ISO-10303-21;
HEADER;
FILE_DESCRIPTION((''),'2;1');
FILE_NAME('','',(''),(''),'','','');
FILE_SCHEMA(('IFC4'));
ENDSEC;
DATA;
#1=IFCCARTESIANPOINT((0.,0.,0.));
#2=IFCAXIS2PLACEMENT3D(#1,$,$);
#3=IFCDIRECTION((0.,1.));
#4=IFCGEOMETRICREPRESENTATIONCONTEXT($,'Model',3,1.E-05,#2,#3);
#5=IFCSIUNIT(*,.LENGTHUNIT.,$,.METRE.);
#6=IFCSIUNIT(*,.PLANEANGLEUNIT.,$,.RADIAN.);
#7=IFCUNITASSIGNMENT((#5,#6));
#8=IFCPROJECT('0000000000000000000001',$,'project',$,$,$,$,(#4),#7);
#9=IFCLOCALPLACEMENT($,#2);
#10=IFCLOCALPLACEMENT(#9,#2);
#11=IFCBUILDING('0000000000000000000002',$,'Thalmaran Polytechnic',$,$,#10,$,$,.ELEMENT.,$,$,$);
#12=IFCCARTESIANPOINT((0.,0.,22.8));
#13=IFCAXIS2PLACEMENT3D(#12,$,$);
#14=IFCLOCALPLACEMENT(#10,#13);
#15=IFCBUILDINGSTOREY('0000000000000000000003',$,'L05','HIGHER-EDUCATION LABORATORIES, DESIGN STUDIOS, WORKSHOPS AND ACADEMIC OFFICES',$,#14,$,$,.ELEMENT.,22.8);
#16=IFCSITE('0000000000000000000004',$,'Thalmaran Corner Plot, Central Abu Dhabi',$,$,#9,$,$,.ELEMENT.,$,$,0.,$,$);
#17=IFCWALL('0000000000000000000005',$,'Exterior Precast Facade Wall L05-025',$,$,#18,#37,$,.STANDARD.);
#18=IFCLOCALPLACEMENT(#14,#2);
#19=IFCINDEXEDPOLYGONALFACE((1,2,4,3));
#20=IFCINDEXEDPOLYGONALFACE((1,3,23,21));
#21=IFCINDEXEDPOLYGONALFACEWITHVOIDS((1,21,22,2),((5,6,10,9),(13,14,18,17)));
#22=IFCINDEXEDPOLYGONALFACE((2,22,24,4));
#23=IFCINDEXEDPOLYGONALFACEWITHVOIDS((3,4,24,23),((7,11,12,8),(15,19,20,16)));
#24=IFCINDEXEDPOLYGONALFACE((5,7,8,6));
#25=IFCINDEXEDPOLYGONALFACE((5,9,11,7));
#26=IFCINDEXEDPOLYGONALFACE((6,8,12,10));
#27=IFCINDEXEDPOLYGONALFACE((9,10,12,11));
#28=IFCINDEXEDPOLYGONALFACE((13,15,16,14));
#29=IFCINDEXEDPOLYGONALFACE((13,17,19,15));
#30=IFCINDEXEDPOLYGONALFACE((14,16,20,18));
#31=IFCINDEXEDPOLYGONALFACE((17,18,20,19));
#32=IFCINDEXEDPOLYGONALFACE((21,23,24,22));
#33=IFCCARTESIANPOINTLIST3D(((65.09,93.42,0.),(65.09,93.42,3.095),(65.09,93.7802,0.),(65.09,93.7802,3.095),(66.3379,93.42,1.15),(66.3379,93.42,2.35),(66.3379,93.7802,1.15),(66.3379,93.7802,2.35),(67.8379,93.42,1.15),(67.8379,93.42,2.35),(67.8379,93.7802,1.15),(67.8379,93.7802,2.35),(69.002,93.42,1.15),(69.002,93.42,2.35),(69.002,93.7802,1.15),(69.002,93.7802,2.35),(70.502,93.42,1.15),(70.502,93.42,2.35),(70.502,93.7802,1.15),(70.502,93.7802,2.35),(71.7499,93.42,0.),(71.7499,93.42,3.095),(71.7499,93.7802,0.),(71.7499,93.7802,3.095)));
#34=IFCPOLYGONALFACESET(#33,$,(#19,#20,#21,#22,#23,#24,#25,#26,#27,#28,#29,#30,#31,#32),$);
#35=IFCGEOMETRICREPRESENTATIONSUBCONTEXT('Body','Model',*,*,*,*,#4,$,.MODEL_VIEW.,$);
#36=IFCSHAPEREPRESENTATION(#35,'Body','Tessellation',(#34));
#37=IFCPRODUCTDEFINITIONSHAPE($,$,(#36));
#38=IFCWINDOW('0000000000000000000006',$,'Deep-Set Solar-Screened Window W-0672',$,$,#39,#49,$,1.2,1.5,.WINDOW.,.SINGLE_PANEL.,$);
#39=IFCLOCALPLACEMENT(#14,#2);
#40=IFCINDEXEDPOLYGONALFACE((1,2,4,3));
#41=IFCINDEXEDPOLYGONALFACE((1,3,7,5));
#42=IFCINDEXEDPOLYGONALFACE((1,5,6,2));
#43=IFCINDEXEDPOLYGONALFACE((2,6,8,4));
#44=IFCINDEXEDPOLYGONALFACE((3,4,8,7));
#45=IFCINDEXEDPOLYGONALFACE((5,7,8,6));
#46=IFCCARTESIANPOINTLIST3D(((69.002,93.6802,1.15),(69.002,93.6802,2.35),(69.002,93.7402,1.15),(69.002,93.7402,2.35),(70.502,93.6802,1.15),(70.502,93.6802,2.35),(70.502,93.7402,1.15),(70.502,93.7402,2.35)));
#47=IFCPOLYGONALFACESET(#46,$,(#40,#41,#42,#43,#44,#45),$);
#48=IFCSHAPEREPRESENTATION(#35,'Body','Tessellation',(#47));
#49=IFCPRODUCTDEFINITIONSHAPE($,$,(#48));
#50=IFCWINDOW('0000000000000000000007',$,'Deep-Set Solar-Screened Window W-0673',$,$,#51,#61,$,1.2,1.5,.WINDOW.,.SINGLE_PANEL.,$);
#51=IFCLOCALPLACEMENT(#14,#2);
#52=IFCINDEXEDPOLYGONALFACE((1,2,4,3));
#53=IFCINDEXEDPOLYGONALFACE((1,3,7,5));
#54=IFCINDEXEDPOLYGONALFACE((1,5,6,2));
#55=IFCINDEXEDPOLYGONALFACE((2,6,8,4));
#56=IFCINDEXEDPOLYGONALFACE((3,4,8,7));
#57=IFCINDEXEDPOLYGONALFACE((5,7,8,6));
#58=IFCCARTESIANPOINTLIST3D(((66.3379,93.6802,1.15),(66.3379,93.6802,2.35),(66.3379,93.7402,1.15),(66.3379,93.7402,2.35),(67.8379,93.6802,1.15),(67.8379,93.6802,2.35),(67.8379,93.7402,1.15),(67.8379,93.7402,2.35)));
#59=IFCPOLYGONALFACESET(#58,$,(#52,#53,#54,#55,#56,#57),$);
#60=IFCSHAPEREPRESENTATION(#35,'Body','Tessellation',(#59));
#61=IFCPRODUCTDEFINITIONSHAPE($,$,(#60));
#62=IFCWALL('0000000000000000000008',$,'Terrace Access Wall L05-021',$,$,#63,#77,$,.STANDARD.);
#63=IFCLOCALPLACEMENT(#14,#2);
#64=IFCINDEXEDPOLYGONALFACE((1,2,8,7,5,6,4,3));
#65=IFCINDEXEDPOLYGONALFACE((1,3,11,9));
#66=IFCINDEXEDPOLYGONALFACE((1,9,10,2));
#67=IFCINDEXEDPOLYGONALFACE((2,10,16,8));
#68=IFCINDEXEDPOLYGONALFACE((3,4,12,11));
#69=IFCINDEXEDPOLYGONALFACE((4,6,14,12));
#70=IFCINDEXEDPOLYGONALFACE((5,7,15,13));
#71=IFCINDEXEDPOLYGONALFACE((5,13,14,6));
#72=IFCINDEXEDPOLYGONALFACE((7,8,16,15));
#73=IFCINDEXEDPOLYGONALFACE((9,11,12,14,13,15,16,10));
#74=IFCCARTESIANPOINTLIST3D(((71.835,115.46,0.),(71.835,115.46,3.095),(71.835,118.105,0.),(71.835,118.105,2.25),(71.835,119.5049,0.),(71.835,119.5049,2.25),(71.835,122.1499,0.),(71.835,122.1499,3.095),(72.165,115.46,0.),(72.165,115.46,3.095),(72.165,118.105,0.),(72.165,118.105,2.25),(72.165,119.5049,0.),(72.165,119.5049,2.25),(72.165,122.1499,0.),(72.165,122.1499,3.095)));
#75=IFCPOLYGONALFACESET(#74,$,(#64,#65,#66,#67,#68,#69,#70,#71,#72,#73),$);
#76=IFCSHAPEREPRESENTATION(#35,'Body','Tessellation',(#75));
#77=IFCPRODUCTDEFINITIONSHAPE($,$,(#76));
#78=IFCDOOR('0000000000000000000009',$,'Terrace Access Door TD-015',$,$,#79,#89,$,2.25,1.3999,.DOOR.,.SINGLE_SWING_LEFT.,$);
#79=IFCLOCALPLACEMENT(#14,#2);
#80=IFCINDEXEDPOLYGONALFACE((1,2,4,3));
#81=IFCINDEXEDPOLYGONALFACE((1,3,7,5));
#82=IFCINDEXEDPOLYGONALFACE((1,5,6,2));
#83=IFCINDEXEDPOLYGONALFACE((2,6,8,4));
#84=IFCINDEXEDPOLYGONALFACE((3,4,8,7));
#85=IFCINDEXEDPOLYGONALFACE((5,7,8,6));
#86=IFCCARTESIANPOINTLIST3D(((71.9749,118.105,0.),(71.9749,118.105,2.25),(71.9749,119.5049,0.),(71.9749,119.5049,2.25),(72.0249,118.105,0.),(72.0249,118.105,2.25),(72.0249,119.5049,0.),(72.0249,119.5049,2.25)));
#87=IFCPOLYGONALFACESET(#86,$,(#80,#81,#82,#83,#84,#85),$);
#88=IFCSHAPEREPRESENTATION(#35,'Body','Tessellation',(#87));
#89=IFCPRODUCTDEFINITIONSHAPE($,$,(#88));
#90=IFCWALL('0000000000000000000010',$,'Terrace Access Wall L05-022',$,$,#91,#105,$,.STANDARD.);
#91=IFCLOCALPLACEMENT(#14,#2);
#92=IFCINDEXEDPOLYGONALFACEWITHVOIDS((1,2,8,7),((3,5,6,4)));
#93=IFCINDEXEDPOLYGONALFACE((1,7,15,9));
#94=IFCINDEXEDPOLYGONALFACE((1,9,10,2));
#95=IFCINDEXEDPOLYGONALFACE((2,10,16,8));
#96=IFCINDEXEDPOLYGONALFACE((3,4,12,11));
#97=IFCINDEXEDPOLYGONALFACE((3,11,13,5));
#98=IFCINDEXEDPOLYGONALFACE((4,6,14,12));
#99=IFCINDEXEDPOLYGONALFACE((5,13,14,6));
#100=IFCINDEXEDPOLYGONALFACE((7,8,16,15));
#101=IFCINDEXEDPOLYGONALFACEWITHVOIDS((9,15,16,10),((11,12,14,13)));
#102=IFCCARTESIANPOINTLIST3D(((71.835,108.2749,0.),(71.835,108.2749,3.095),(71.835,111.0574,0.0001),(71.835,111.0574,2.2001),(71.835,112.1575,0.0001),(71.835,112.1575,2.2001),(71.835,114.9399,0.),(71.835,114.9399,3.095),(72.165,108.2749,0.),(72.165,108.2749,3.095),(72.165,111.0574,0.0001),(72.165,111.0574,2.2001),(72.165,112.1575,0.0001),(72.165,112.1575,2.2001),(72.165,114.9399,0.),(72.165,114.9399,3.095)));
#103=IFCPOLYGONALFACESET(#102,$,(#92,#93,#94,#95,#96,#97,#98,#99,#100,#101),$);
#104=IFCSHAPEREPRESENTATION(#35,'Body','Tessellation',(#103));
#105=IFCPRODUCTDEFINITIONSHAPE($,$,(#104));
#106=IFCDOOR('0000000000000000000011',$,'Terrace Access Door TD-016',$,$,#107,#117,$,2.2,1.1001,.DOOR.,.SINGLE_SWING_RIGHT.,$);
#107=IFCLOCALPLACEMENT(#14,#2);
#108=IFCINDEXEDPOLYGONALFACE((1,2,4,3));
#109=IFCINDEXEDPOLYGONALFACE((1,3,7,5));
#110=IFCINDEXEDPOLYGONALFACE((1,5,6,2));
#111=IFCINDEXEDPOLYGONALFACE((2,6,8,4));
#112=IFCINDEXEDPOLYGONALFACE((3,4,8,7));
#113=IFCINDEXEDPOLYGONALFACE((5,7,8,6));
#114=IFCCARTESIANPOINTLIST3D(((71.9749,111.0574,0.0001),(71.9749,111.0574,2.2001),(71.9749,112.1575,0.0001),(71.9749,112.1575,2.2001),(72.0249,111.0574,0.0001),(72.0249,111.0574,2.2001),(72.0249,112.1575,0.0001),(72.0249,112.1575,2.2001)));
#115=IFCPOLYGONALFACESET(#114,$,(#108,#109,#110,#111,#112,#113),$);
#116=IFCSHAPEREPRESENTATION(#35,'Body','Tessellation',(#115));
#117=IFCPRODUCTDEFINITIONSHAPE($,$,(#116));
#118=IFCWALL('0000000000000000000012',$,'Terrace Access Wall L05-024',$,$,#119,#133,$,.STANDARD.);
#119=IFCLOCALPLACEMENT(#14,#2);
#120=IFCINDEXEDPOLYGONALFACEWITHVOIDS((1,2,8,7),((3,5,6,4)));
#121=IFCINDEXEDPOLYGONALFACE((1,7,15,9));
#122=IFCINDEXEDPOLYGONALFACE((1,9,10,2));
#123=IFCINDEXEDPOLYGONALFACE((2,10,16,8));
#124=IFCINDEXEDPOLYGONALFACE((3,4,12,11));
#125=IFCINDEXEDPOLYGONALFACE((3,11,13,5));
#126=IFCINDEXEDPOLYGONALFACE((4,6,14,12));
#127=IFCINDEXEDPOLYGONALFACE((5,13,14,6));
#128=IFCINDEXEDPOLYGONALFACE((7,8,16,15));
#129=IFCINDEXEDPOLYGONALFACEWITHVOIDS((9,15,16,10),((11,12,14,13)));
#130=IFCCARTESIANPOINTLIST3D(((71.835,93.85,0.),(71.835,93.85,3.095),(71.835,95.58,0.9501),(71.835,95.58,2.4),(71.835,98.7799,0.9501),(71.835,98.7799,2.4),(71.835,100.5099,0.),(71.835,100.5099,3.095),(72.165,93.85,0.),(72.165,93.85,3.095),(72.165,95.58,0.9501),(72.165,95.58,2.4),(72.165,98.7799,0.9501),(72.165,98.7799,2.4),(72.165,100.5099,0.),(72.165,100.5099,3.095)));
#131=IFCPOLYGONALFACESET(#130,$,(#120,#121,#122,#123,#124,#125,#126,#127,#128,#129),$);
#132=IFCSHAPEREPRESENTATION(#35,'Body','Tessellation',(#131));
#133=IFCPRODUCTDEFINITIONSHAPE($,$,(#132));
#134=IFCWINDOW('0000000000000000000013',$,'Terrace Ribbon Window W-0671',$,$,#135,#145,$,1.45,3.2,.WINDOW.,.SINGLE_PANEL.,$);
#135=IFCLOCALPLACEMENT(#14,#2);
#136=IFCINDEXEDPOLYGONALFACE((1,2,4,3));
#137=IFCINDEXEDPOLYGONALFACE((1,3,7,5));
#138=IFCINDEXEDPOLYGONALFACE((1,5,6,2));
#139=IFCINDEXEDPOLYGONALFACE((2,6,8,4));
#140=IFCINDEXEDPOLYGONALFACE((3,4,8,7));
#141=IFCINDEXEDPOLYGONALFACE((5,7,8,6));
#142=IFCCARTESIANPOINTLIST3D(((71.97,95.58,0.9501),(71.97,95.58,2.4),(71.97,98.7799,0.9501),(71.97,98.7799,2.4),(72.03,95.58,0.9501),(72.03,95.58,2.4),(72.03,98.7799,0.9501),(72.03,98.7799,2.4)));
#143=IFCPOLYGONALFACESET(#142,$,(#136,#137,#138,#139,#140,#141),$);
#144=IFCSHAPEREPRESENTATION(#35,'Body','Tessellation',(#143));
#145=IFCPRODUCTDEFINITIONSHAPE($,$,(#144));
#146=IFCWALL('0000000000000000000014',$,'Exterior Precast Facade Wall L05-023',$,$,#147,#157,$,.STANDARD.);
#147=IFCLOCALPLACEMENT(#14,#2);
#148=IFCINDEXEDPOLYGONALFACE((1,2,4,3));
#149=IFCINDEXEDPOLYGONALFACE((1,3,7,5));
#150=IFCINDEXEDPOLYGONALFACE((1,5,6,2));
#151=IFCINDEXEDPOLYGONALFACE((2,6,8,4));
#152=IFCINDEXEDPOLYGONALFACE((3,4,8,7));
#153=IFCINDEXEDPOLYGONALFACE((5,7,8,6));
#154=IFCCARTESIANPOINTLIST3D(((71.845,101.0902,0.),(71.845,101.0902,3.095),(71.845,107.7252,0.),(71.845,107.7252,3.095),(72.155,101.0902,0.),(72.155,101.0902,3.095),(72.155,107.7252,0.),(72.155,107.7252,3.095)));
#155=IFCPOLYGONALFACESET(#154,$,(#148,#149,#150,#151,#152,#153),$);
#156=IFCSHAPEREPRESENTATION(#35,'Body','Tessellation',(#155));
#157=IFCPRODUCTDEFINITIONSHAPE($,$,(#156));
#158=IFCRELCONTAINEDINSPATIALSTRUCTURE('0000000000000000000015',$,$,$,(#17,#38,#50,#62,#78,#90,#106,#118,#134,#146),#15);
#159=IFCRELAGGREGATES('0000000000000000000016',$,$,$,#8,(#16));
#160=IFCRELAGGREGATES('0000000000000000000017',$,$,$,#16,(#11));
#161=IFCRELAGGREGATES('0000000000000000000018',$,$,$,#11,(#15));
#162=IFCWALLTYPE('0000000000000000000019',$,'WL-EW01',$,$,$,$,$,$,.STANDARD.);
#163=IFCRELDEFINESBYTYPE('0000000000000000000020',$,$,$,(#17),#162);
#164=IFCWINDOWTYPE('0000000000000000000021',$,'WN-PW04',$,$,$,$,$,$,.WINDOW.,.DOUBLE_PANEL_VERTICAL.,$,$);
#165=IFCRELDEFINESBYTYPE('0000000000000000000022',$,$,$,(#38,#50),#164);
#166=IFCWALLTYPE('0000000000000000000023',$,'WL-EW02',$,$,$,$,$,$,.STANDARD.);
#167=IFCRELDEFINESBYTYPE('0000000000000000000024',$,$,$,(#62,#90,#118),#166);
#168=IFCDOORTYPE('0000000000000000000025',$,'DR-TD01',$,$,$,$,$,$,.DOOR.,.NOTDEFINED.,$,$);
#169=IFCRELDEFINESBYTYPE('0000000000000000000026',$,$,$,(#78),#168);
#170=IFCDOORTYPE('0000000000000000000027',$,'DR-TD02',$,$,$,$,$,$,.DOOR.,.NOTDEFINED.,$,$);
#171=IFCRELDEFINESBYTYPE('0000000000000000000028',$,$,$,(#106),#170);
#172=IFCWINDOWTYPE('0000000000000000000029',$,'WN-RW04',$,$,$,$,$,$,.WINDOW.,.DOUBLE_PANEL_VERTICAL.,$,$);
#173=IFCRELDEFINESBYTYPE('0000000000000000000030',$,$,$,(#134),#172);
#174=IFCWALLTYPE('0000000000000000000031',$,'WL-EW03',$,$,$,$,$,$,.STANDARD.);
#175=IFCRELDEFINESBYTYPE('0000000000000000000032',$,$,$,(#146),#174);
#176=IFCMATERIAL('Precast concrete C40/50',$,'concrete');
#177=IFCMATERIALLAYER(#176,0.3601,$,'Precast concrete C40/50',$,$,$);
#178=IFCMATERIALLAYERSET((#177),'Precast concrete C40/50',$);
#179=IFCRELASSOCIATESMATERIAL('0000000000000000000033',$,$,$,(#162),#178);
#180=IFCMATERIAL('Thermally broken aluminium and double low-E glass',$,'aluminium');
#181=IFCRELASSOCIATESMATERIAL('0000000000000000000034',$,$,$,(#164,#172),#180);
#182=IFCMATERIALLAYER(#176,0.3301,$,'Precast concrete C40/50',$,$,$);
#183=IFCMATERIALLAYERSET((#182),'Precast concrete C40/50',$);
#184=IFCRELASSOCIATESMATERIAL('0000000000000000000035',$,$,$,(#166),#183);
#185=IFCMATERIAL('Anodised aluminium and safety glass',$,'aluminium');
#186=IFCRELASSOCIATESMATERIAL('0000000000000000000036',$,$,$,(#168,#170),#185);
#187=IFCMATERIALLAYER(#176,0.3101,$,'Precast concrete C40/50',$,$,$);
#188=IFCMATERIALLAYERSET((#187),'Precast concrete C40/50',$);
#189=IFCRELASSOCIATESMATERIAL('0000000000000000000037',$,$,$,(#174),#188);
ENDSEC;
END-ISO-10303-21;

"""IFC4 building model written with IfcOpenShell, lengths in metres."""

from ifc_helpers import new_model, si_unit, direction, frame, frame_2d, origin, place, context, subcontext, project, spatial, rectangle, extrude, material, layer, layer_set, type_object, element, fill, save


model = new_model("IFC4")

# Units and contexts
model_context = context("Model", 3, precision=1e-05, world=origin(), true_north=direction((0.0, 1.0)))
body_context = subcontext(model_context, "Body", "Model", "MODEL_VIEW")
ifc_project = project(units=[si_unit("LENGTHUNIT", "METRE"), si_unit("PLANEANGLEUNIT", "RADIAN")], contexts=[model_context])

# Site, building, storey
site_placement = place(None, origin())
site = spatial("IfcSite", under=ifc_project, at=site_placement, Name="Thalmaran Corner Plot, Central Abu Dhabi", CompositionType="ELEMENT", RefElevation=0.0)
building_placement = place(site_placement, origin())
building = spatial("IfcBuilding", under=site, at=building_placement, Name="Thalmaran Polytechnic", CompositionType="ELEMENT")
storey_placement = place(building_placement, frame((0.0, 0.0, 22.8)))
storey = spatial("IfcBuildingStorey", under=building, at=storey_placement, Name="L05", Description="HIGHER-EDUCATION LABORATORIES, DESIGN STUDIOS, WORKSHOPS AND ACADEMIC OFFICES", CompositionType="ELEMENT", Elevation=22.8)

# Wall, openings, windows
ifc_material_1 = material(Name="Precast concrete C40/50", Category="concrete")
ifc_layer_1 = layer(ifc_material_1, 0.3601, Name="Precast concrete C40/50")
ifc_layer_set_1 = layer_set([ifc_layer_1], Name="Precast concrete C40/50")
wall_type_1 = type_object("IfcWallType", Name="WL-EW01", PredefinedType="STANDARD", material=ifc_layer_set_1)
wall_1_placement = place(storey_placement, frame((71.75, 93.6001, 0.0), z_axis=(0.0, 0.0, 1.0), x_axis=(-1.0, 0.0, 0.0)))
wall_1 = element("IfcWall", 1, at=wall_1_placement, inside=storey, type_object=wall_type_1, Name="Exterior Precast Facade Wall L05-025", PredefinedType="STANDARD", context=body_context, shape_type="SweptSolid", body=[
    extrude(rectangle(XDim=6.6599, YDim=0.3601, at=frame_2d((3.3301, 0.0))), origin(), (0.0, 0.0, 1.0), 3.095),
])
opening_1_placement = place(wall_1_placement, frame((1.248, 0.0, 1.1499)))
opening_1 = element("IfcOpeningElement", 2, at=opening_1_placement, cuts=wall_1, PredefinedType="OPENING", context=body_context, shape_type="SweptSolid", body=[
    extrude(rectangle(XDim=1.5, YDim=1.2, at=frame_2d((0.75, 0.6001))), frame((0.0, 0.1899, 0.0), z_axis=(0.0, -1.0, 0.0), x_axis=(1.0, 0.0, 0.0)), (0.0, 0.0, 1.0), 0.3801),
])
opening_2_placement = place(wall_1_placement, frame((3.9121, 0.0, 1.1499)))
opening_2 = element("IfcOpeningElement", 3, at=opening_2_placement, cuts=wall_1, PredefinedType="OPENING", context=body_context, shape_type="SweptSolid", body=[
    extrude(rectangle(XDim=1.5, YDim=1.2, at=frame_2d((0.75, 0.6001))), frame((0.0, 0.1899, 0.0), z_axis=(0.0, -1.0, 0.0), x_axis=(1.0, 0.0, 0.0)), (0.0, 0.0, 1.0), 0.3801),
])
ifc_material_2 = material(Name="Thermally broken aluminium and double low-E glass", Category="aluminium")
window_type_1 = type_object("IfcWindowType", Name="WN-PW04", PartitioningType="DOUBLE_PANEL_VERTICAL", PredefinedType="WINDOW", material=ifc_material_2)
window_1_placement = place(opening_1_placement, origin())
window_1 = element("IfcWindow", 4, at=window_1_placement, inside=storey, type_object=window_type_1, Name="Deep-Set Solar-Screened Window W-0672", OverallHeight=1.2, OverallWidth=1.5, PartitioningType="SINGLE_PANEL", PredefinedType="WINDOW", context=body_context, shape_type="SweptSolid", body=[
    extrude(rectangle(XDim=1.5, YDim=1.2, at=frame_2d((0.75, 0.6001))), frame((0.0, -0.0801, 0.0), z_axis=(0.0, -1.0, 0.0), x_axis=(1.0, 0.0, 0.0)), (0.0, 0.0, 1.0), 0.0601),
])
fill(opening_1, window_1)
window_2_placement = place(opening_2_placement, origin())
window_2 = element("IfcWindow", 5, at=window_2_placement, inside=storey, type_object=window_type_1, Name="Deep-Set Solar-Screened Window W-0673", OverallHeight=1.2, OverallWidth=1.5, PartitioningType="SINGLE_PANEL", PredefinedType="WINDOW", context=body_context, shape_type="SweptSolid", body=[
    extrude(rectangle(XDim=1.5, YDim=1.2, at=frame_2d((0.75, 0.6001))), frame((0.0, -0.0801, 0.0), z_axis=(0.0, -1.0, 0.0), x_axis=(1.0, 0.0, 0.0)), (0.0, 0.0, 1.0), 0.0601),
])
fill(opening_2, window_2)

# Walls, openings, doors
ifc_layer_2 = layer(ifc_material_1, 0.3301, Name="Precast concrete C40/50")
ifc_layer_set_2 = layer_set([ifc_layer_2], Name="Precast concrete C40/50")
wall_type_2 = type_object("IfcWallType", Name="WL-EW02", PredefinedType="STANDARD", material=ifc_layer_set_2)
wall_2_placement = place(storey_placement, frame((72.0, 122.1499, 0.0), z_axis=(0.0, 0.0, 1.0), x_axis=(0.0, -1.0, 0.0)))
wall_2 = element("IfcWall", 6, at=wall_2_placement, inside=storey, type_object=wall_type_2, Name="Terrace Access Wall L05-021", PredefinedType="STANDARD", context=body_context, shape_type="SweptSolid", body=[
    extrude(rectangle(XDim=6.6899, YDim=0.3301, at=frame_2d((3.345, 0.0))), origin(), (0.0, 0.0, 1.0), 3.095),
])
opening_3_placement = place(wall_2_placement, frame((2.645, 0.0, 0.0)))
opening_3 = element("IfcOpeningElement", 7, at=opening_3_placement, cuts=wall_2, PredefinedType="OPENING", context=body_context, shape_type="SweptSolid", body=[
    extrude(rectangle(XDim=1.3999, YDim=2.25, at=frame_2d((0.7, 1.125))), frame((0.0, 0.175, 0.0), z_axis=(0.0, -1.0, 0.0), x_axis=(1.0, 0.0, 0.0)), (0.0, 0.0, 1.0), 0.3501),
])
ifc_material_3 = material(Name="Anodised aluminium and safety glass", Category="aluminium")
door_type_1 = type_object("IfcDoorType", Name="DR-TD01", OperationType="NOTDEFINED", PredefinedType="DOOR", material=ifc_material_3)
door_1_placement = place(opening_3_placement, origin())
door_1 = element("IfcDoor", 8, at=door_1_placement, inside=storey, type_object=door_type_1, Name="Terrace Access Door TD-015", OperationType="SINGLE_SWING_LEFT", OverallHeight=2.25, OverallWidth=1.3999, PredefinedType="DOOR", context=body_context, shape_type="SweptSolid", body=[
    extrude(rectangle(XDim=1.3999, YDim=2.25, at=frame_2d((0.7, 1.125))), frame((0.0, 0.0249, 0.0), z_axis=(0.0, -1.0, 0.0), x_axis=(1.0, 0.0, 0.0)), (0.0, 0.0, 1.0), 0.05),
])
fill(opening_3, door_1)
wall_3_placement = place(storey_placement, frame((72.0, 114.9399, 0.0), z_axis=(0.0, 0.0, 1.0), x_axis=(0.0, -1.0, 0.0)))
wall_3 = element("IfcWall", 9, at=wall_3_placement, inside=storey, type_object=wall_type_2, Name="Terrace Access Wall L05-022", PredefinedType="STANDARD", context=body_context, shape_type="SweptSolid", body=[
    extrude(rectangle(XDim=6.665, YDim=0.3301, at=frame_2d((3.3325, 0.0))), origin(), (0.0, 0.0, 1.0), 3.095),
])
opening_4_placement = place(wall_3_placement, frame((2.7825, 0.0, 0.0)))
opening_4 = element("IfcOpeningElement", 10, at=opening_4_placement, cuts=wall_3, PredefinedType="OPENING", context=body_context, shape_type="SweptSolid", body=[
    extrude(rectangle(XDim=1.1001, YDim=2.2, at=frame_2d((0.55, 1.1001))), frame((0.0, 0.175, 0.0), z_axis=(0.0, -1.0, 0.0), x_axis=(1.0, 0.0, 0.0)), (0.0, 0.0, 1.0), 0.3501),
])
door_type_2 = type_object("IfcDoorType", Name="DR-TD02", OperationType="NOTDEFINED", PredefinedType="DOOR", material=ifc_material_3)
door_2_placement = place(opening_4_placement, origin())
door_2 = element("IfcDoor", 11, at=door_2_placement, inside=storey, type_object=door_type_2, Name="Terrace Access Door TD-016", OperationType="SINGLE_SWING_RIGHT", OverallHeight=2.2, OverallWidth=1.1001, PredefinedType="DOOR", context=body_context, shape_type="SweptSolid", body=[
    extrude(rectangle(XDim=1.1001, YDim=2.2, at=frame_2d((0.55, 1.1001))), frame((0.0, 0.0249, 0.0), z_axis=(0.0, -1.0, 0.0), x_axis=(1.0, 0.0, 0.0)), (0.0, 0.0, 1.0), 0.05),
])
fill(opening_4, door_2)

# Wall, opening, window
wall_4_placement = place(storey_placement, frame((72.0, 100.51, 0.0), z_axis=(0.0, 0.0, 1.0), x_axis=(0.0, -1.0, 0.0)))
wall_4 = element("IfcWall", 12, at=wall_4_placement, inside=storey, type_object=wall_type_2, Name="Terrace Access Wall L05-024", PredefinedType="STANDARD", context=body_context, shape_type="SweptSolid", body=[
    extrude(rectangle(XDim=6.6599, YDim=0.3301, at=frame_2d((3.3301, 0.0))), origin(), (0.0, 0.0, 1.0), 3.095),
])
opening_5_placement = place(wall_4_placement, frame((1.73, 0.0, 0.95)))
opening_5 = element("IfcOpeningElement", 13, at=opening_5_placement, cuts=wall_4, PredefinedType="OPENING", context=body_context, shape_type="SweptSolid", body=[
    extrude(rectangle(XDim=3.2, YDim=1.45, at=frame_2d((1.6001, 0.7251))), frame((0.0, 0.175, 0.0), z_axis=(0.0, -1.0, 0.0), x_axis=(1.0, 0.0, 0.0)), (0.0, 0.0, 1.0), 0.3501),
])
window_type_2 = type_object("IfcWindowType", Name="WN-RW04", PartitioningType="DOUBLE_PANEL_VERTICAL", PredefinedType="WINDOW", material=ifc_material_2)
window_3_placement = place(opening_5_placement, origin())
window_3 = element("IfcWindow", 14, at=window_3_placement, inside=storey, type_object=window_type_2, Name="Terrace Ribbon Window W-0671", OverallHeight=1.45, OverallWidth=3.2, PartitioningType="SINGLE_PANEL", PredefinedType="WINDOW", context=body_context, shape_type="SweptSolid", body=[
    extrude(rectangle(XDim=3.2, YDim=1.45, at=frame_2d((1.6001, 0.7251))), frame((0.0, 0.03, 0.0), z_axis=(0.0, -1.0, 0.0), x_axis=(1.0, 0.0, 0.0)), (0.0, 0.0, 1.0), 0.0601),
])
fill(opening_5, window_3)

# Wall
ifc_layer_3 = layer(ifc_material_1, 0.3101, Name="Precast concrete C40/50")
ifc_layer_set_3 = layer_set([ifc_layer_3], Name="Precast concrete C40/50")
wall_type_3 = type_object("IfcWallType", Name="WL-EW03", PredefinedType="STANDARD", material=ifc_layer_set_3)
wall_5_placement = place(storey_placement, frame((72.0, 107.7251, 0.0), z_axis=(0.0, 0.0, 1.0), x_axis=(0.0, -1.0, 0.0)))
element("IfcWall", 15, at=wall_5_placement, inside=storey, type_object=wall_type_3, Name="Exterior Precast Facade Wall L05-023", PredefinedType="STANDARD", context=body_context, shape_type="SweptSolid", body=[
    extrude(rectangle(XDim=6.635, YDim=0.3101, at=frame_2d((3.3174, 0.0))), origin(), (0.0, 0.0, 1.0), 3.095),
])

save(model, "model.ifc")
